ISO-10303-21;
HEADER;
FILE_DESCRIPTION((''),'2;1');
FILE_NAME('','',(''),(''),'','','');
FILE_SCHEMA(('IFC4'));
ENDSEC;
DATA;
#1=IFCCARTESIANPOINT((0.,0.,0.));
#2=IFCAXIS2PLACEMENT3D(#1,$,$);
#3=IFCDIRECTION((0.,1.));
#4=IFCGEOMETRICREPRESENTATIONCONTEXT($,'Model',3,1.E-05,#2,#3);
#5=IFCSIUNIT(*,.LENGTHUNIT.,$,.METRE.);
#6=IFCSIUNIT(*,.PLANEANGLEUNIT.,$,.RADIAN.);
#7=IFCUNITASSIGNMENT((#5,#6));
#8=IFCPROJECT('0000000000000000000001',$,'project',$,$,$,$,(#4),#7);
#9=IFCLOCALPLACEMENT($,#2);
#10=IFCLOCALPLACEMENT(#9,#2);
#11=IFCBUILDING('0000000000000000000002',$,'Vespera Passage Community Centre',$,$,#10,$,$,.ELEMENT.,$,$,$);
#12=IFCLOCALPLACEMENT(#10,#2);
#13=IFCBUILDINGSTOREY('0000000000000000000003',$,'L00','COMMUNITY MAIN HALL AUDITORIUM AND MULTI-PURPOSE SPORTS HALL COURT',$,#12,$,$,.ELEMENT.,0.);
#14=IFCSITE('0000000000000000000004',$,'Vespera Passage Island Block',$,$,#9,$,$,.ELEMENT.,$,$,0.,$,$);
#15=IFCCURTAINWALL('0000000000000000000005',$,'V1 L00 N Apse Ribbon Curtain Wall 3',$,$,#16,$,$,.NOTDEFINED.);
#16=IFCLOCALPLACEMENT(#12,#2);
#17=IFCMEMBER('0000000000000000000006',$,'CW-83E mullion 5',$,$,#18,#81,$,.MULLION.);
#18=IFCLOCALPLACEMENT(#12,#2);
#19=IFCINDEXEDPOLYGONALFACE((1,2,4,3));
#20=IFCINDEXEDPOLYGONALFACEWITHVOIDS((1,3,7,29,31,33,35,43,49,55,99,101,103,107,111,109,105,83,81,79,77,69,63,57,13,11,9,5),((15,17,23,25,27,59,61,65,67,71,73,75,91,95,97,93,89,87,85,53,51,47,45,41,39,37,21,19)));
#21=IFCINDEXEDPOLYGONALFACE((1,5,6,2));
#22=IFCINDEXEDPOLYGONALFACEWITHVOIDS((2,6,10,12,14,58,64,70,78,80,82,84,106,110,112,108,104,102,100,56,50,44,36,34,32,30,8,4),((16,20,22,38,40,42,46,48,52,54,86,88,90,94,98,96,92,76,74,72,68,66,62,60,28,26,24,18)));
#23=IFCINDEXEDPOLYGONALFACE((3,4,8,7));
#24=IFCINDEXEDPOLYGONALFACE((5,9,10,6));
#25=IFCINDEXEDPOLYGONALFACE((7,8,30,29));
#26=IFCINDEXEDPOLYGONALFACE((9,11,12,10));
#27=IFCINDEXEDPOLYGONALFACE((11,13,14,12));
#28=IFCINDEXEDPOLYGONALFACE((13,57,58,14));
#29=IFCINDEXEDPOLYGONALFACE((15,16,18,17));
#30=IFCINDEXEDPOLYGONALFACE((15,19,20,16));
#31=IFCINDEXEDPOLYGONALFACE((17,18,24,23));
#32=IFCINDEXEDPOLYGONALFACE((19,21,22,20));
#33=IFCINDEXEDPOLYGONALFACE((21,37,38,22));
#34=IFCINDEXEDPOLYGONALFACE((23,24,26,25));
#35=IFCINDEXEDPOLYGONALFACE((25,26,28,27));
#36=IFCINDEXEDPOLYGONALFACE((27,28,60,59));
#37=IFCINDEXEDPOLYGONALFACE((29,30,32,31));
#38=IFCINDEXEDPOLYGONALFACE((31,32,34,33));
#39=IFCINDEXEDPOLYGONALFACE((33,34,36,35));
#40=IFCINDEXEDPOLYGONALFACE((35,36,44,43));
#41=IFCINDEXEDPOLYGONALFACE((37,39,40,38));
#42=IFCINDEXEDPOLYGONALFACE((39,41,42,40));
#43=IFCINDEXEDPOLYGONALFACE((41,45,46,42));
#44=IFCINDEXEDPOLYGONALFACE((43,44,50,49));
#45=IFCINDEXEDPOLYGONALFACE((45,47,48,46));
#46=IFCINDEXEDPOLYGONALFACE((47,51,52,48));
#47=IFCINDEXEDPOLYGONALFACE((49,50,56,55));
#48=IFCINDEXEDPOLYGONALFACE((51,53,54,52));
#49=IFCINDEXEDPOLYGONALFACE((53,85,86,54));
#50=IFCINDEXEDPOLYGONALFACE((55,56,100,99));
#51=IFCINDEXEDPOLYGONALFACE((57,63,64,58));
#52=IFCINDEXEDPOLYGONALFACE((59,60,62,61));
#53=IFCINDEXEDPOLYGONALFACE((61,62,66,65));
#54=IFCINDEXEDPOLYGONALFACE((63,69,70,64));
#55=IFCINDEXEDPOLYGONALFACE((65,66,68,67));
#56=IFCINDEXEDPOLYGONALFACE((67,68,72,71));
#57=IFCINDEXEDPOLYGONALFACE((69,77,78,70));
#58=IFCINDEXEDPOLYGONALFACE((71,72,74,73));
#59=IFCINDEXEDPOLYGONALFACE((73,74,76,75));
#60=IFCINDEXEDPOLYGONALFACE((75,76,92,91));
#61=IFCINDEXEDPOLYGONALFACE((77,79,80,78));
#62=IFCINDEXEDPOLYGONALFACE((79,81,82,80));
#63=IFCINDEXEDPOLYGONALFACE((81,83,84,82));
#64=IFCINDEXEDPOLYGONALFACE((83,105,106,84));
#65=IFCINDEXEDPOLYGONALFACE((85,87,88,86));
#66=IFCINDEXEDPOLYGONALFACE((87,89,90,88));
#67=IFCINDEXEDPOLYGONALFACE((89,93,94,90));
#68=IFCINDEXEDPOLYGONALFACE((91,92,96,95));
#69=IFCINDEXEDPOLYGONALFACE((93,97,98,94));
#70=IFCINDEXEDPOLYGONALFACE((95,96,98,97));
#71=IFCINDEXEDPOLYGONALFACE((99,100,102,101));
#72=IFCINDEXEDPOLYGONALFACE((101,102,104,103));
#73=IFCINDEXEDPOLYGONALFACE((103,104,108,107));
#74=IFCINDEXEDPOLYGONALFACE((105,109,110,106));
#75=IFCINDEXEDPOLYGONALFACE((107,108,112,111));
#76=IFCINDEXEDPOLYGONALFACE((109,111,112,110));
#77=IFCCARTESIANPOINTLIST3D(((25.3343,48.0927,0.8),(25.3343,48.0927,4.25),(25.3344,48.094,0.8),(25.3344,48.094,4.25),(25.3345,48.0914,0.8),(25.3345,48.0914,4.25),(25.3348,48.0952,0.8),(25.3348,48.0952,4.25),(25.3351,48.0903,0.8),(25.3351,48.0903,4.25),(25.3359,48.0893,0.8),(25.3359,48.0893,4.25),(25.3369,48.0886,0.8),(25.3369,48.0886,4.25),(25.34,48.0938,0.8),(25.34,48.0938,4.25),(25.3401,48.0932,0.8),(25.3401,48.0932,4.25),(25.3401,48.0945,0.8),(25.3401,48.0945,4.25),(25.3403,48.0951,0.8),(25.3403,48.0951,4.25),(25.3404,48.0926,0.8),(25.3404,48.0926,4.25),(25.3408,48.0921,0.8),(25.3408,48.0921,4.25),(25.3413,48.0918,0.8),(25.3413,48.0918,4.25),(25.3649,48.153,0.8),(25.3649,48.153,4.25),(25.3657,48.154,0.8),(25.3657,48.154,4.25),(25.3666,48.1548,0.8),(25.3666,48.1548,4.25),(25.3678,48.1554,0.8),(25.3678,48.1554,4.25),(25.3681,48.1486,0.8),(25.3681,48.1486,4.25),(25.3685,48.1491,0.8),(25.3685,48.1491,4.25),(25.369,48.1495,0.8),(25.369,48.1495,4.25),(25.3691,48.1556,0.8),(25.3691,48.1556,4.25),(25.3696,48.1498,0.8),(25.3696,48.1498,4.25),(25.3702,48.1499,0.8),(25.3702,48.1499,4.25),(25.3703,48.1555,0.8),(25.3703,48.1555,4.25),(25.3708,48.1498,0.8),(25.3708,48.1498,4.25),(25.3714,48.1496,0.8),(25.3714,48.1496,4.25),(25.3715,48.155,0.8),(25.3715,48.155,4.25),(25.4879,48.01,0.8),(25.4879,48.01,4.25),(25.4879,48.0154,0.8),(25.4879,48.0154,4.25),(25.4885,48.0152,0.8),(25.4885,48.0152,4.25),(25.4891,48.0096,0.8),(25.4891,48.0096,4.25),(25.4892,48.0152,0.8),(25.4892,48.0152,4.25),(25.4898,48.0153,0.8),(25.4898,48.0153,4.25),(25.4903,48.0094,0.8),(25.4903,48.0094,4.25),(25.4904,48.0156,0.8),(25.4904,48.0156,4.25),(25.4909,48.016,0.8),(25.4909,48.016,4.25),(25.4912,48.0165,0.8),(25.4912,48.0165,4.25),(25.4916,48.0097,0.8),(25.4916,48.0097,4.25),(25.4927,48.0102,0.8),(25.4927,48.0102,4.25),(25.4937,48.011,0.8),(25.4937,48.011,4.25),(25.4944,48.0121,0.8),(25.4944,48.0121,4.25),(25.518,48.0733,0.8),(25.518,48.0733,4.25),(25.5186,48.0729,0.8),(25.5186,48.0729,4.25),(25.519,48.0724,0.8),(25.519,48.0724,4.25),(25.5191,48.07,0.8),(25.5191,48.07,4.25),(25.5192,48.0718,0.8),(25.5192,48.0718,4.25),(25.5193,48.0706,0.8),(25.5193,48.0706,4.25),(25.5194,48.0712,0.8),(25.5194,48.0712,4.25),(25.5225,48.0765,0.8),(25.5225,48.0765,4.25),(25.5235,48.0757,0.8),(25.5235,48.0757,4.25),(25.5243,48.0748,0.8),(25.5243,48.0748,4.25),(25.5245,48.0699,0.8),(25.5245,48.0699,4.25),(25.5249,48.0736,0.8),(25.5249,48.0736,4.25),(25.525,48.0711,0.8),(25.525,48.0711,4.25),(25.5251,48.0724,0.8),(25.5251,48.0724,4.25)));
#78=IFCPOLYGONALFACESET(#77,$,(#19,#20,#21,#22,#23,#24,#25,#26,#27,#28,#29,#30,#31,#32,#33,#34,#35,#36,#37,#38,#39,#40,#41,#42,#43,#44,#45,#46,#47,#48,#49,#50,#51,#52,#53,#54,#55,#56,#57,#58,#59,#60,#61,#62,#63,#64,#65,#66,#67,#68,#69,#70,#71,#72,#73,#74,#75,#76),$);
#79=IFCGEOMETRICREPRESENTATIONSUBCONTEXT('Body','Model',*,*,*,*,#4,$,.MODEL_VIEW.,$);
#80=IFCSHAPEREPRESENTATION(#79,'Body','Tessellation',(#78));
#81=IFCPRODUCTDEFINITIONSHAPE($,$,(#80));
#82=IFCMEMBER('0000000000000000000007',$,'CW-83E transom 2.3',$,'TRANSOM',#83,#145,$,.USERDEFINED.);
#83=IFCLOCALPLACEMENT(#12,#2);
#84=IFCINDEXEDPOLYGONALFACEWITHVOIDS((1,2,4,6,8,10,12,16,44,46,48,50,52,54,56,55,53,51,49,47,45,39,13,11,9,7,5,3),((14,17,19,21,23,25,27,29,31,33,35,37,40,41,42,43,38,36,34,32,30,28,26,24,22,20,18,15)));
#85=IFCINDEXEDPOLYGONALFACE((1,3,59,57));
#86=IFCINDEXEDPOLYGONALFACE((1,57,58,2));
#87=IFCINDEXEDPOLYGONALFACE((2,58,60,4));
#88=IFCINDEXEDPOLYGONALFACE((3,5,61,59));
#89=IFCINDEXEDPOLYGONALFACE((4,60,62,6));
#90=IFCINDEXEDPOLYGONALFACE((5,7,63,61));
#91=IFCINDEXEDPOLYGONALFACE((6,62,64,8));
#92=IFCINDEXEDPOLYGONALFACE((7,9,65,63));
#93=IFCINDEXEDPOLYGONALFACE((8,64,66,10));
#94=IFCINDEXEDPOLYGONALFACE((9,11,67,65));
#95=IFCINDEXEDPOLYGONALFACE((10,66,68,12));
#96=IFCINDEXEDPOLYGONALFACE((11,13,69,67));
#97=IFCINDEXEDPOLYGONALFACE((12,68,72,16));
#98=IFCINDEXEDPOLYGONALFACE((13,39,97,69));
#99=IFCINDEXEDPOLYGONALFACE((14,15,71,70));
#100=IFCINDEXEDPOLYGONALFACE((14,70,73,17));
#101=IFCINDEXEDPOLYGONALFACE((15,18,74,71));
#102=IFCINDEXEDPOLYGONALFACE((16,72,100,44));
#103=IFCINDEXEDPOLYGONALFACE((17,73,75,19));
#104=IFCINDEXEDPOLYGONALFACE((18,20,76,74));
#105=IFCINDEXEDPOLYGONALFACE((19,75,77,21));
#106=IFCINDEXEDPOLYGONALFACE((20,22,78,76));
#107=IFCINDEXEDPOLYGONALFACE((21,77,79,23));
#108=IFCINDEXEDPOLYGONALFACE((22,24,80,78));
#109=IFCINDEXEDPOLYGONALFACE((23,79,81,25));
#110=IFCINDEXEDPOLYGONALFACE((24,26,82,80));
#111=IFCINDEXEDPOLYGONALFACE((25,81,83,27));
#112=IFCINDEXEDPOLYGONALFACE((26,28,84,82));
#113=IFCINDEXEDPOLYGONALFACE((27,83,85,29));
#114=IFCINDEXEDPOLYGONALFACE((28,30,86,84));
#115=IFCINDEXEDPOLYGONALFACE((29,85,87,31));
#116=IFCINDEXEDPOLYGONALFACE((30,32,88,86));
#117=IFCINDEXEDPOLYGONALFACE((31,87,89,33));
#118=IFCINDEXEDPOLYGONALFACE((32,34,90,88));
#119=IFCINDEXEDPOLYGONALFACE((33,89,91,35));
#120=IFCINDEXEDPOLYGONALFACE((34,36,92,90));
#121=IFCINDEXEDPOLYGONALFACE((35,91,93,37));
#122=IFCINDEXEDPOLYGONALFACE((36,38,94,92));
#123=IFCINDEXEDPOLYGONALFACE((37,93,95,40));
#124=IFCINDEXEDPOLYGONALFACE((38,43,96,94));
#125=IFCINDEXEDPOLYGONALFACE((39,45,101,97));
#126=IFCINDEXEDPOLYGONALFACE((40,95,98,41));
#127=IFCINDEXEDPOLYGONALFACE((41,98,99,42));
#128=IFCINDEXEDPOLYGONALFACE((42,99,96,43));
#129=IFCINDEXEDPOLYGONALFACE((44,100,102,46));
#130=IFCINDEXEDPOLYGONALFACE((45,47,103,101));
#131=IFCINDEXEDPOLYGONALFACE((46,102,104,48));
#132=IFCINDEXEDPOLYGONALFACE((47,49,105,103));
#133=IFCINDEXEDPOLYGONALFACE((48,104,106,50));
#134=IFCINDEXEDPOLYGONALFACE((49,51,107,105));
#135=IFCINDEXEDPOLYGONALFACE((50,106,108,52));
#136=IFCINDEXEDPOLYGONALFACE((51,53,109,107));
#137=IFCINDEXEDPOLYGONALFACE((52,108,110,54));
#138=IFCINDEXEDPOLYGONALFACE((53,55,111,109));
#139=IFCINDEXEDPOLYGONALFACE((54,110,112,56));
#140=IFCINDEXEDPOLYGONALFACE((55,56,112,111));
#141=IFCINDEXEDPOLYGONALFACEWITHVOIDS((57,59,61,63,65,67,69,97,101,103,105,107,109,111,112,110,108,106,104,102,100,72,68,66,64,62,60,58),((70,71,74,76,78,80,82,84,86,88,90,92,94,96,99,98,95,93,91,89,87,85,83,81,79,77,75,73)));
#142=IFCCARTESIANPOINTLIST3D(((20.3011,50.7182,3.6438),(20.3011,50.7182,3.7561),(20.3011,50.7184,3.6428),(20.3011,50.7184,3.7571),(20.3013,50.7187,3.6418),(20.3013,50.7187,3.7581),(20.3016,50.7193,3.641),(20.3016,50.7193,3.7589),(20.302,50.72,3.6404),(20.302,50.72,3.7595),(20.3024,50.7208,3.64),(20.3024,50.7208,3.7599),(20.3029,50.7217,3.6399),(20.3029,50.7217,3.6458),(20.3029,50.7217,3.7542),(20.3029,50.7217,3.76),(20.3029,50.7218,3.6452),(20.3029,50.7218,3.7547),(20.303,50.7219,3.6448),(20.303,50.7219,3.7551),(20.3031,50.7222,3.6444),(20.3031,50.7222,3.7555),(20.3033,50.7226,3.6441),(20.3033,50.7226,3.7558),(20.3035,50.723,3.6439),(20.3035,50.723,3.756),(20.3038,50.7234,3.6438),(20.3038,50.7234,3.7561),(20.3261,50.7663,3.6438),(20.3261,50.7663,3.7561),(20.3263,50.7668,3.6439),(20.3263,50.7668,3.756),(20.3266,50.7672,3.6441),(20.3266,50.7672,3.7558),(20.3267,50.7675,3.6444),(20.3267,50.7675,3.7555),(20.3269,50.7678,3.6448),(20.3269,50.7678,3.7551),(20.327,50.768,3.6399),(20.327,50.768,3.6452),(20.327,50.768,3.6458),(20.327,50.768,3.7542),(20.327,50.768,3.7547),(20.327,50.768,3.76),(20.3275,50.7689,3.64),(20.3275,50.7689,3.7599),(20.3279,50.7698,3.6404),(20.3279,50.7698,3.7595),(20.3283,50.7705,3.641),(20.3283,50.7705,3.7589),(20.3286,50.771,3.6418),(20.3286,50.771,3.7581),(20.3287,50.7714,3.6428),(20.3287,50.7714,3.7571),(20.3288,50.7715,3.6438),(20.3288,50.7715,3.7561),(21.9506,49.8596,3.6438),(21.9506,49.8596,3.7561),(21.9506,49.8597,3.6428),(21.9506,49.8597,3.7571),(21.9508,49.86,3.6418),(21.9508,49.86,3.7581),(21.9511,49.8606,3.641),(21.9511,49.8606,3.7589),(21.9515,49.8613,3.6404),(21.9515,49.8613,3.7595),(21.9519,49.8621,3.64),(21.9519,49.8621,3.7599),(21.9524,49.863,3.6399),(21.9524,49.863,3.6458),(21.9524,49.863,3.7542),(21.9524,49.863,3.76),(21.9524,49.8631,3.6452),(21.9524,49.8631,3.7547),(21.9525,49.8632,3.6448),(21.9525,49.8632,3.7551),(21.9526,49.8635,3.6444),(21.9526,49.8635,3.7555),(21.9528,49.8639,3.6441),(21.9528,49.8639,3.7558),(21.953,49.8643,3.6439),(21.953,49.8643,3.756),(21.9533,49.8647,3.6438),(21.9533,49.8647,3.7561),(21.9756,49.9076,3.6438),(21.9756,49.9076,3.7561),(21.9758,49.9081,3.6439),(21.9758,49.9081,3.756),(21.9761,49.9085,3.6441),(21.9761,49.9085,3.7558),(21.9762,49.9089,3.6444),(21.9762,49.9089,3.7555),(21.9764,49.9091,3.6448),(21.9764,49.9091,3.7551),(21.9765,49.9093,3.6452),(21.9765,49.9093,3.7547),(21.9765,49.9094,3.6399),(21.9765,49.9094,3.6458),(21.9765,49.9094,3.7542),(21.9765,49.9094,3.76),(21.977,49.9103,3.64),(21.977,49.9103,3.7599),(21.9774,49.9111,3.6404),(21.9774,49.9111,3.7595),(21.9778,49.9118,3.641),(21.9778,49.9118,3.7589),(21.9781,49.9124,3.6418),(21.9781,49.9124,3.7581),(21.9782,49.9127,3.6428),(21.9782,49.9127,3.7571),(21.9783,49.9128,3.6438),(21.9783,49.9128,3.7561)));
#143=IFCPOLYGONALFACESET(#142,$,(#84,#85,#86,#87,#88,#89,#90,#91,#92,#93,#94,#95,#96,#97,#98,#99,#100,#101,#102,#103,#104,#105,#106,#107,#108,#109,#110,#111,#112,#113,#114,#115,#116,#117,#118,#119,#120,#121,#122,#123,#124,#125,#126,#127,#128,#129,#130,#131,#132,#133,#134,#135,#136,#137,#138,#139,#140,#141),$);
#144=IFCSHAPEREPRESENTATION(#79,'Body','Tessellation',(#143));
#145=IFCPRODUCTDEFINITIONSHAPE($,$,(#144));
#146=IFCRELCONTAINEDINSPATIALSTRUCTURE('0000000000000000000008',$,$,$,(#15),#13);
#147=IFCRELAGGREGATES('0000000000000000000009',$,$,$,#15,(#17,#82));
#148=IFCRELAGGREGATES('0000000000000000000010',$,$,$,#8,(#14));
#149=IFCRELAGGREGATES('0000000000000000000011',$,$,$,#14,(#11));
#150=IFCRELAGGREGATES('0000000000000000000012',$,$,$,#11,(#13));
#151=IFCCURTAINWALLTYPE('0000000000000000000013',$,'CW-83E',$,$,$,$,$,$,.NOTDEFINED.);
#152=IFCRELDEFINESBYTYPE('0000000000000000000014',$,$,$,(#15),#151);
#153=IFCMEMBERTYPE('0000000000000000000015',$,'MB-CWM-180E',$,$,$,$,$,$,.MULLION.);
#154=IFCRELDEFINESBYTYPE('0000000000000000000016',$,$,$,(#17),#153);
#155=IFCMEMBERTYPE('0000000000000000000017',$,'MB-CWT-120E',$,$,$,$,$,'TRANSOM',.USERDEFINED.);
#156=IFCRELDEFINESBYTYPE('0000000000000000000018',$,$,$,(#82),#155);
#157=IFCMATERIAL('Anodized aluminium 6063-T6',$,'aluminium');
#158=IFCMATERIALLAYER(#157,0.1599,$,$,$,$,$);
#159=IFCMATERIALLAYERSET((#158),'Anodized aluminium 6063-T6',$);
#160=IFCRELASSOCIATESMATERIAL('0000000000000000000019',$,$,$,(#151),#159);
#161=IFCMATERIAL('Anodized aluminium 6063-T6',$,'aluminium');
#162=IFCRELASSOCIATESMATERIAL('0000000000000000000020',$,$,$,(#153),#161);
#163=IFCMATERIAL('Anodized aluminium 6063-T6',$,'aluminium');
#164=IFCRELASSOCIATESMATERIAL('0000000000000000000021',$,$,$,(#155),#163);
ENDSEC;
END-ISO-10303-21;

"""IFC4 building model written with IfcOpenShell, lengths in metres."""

from ifc_helpers import new_model, si_unit, direction, frame, origin, origin_2d, place, context, subcontext, project, spatial, hollow_rectangle, extrude, material, layer, layer_set, material_profile, profile_set, type_object, element, aggregate, save


model = new_model("IFC4")

# Units and contexts
model_context = context("Model", 3, precision=1e-05, world=origin(), true_north=direction((0.0, 1.0)))
body_context = subcontext(model_context, "Body", "Model", "MODEL_VIEW")
ifc_project = project(units=[si_unit("LENGTHUNIT", "METRE"), si_unit("PLANEANGLEUNIT", "RADIAN")], contexts=[model_context])

# Site, building, storey
site_placement = place(None, origin())
site = spatial("IfcSite", under=ifc_project, at=site_placement, Name="Vespera Passage Island Block", CompositionType="ELEMENT", RefElevation=0.0)
building_placement = place(site_placement, origin())
building = spatial("IfcBuilding", under=site, at=building_placement, Name="Vespera Passage Community Centre", CompositionType="ELEMENT")
storey_placement = place(building_placement, origin())
storey = spatial("IfcBuildingStorey", under=building, at=storey_placement, Name="L00", Description="COMMUNITY MAIN HALL AUDITORIUM AND MULTI-PURPOSE SPORTS HALL COURT", CompositionType="ELEMENT", Elevation=0.0)

# Curtain wall, members
ifc_material_1 = material(Name="Anodized aluminium 6063-T6", Category="aluminium")
ifc_layer_1 = layer(ifc_material_1, 0.1599)
ifc_layer_set_1 = layer_set([ifc_layer_1], Name="Anodized aluminium 6063-T6")
curtain_wall_type = type_object("IfcCurtainWallType", Name="CW-83E", PredefinedType="NOTDEFINED", material=ifc_layer_set_1)
curtain_wall_placement = place(storey_placement, origin())
curtain_wall = element("IfcCurtainWall", 1, at=curtain_wall_placement, inside=storey, type_object=curtain_wall_type, Name="V1 L00 N Apse Ribbon Curtain Wall 3", PredefinedType="NOTDEFINED")
ifc_material_2 = material(Name="Anodized aluminium 6063-T6", Category="aluminium")
ifc_material_profile_1 = material_profile(ifc_material_2, hollow_rectangle(XDim=0.075, YDim=0.1799, WallThickness=0.0049, InnerFilletRadius=0.0024, OuterFilletRadius=0.0049, at=origin_2d()), Name="ALU180X75X5")
ifc_profile_set_1 = profile_set([ifc_material_profile_1], Name="Anodized aluminium 6063-T6")
member_type_1 = type_object("IfcMemberType", Name="MB-CWM-180E", PredefinedType="MULLION", material=ifc_profile_set_1)
member_1_placement = place(storey_placement, frame((25.4297, 48.0825, 0.8), z_axis=(0.0, 0.0, 1.0), x_axis=(0.461745, 0.887013, 0.0)))
member_1 = element("IfcMember", 2, at=member_1_placement, type_object=member_type_1, Name="CW-83E mullion 5", PredefinedType="MULLION", context=body_context, shape_type="SweptSolid", body=[
    extrude(hollow_rectangle(XDim=0.075, YDim=0.1799, WallThickness=0.0049, InnerFilletRadius=0.0024, OuterFilletRadius=0.0049, at=origin_2d()), origin(), (0.0, 0.0, 1.0), 3.45),
])
ifc_material_3 = material(Name="Anodized aluminium 6063-T6", Category="aluminium")
ifc_material_profile_2 = material_profile(ifc_material_3, hollow_rectangle(XDim=0.0601, YDim=0.1201, WallThickness=0.0039, InnerFilletRadius=0.002, OuterFilletRadius=0.0039, at=origin_2d()), Name="ALU120X60X4")
ifc_profile_set_2 = profile_set([ifc_material_profile_2], Name="Anodized aluminium 6063-T6")
member_type_2 = type_object("IfcMemberType", Name="MB-CWT-120E", ElementType="TRANSOM", PredefinedType="USERDEFINED", material=ifc_profile_set_2)
member_2_placement = place(storey_placement, frame((20.3149, 50.7449, 3.7), z_axis=(0.887008, -0.461754, 0.0), x_axis=(0.461754, 0.887008, 0.0)))
member_2 = element("IfcMember", 3, at=member_2_placement, type_object=member_type_2, Name="CW-83E transom 2.3", ObjectType="TRANSOM", PredefinedType="USERDEFINED", context=body_context, shape_type="SweptSolid", body=[
    extrude(hollow_rectangle(XDim=0.0601, YDim=0.1201, WallThickness=0.0039, InnerFilletRadius=0.002, OuterFilletRadius=0.0039, at=origin_2d()), origin(), (0.0, 0.0, 1.0), 1.8596),
])
aggregate(curtain_wall, [member_1, member_2])

save(model, "model.ifc")
